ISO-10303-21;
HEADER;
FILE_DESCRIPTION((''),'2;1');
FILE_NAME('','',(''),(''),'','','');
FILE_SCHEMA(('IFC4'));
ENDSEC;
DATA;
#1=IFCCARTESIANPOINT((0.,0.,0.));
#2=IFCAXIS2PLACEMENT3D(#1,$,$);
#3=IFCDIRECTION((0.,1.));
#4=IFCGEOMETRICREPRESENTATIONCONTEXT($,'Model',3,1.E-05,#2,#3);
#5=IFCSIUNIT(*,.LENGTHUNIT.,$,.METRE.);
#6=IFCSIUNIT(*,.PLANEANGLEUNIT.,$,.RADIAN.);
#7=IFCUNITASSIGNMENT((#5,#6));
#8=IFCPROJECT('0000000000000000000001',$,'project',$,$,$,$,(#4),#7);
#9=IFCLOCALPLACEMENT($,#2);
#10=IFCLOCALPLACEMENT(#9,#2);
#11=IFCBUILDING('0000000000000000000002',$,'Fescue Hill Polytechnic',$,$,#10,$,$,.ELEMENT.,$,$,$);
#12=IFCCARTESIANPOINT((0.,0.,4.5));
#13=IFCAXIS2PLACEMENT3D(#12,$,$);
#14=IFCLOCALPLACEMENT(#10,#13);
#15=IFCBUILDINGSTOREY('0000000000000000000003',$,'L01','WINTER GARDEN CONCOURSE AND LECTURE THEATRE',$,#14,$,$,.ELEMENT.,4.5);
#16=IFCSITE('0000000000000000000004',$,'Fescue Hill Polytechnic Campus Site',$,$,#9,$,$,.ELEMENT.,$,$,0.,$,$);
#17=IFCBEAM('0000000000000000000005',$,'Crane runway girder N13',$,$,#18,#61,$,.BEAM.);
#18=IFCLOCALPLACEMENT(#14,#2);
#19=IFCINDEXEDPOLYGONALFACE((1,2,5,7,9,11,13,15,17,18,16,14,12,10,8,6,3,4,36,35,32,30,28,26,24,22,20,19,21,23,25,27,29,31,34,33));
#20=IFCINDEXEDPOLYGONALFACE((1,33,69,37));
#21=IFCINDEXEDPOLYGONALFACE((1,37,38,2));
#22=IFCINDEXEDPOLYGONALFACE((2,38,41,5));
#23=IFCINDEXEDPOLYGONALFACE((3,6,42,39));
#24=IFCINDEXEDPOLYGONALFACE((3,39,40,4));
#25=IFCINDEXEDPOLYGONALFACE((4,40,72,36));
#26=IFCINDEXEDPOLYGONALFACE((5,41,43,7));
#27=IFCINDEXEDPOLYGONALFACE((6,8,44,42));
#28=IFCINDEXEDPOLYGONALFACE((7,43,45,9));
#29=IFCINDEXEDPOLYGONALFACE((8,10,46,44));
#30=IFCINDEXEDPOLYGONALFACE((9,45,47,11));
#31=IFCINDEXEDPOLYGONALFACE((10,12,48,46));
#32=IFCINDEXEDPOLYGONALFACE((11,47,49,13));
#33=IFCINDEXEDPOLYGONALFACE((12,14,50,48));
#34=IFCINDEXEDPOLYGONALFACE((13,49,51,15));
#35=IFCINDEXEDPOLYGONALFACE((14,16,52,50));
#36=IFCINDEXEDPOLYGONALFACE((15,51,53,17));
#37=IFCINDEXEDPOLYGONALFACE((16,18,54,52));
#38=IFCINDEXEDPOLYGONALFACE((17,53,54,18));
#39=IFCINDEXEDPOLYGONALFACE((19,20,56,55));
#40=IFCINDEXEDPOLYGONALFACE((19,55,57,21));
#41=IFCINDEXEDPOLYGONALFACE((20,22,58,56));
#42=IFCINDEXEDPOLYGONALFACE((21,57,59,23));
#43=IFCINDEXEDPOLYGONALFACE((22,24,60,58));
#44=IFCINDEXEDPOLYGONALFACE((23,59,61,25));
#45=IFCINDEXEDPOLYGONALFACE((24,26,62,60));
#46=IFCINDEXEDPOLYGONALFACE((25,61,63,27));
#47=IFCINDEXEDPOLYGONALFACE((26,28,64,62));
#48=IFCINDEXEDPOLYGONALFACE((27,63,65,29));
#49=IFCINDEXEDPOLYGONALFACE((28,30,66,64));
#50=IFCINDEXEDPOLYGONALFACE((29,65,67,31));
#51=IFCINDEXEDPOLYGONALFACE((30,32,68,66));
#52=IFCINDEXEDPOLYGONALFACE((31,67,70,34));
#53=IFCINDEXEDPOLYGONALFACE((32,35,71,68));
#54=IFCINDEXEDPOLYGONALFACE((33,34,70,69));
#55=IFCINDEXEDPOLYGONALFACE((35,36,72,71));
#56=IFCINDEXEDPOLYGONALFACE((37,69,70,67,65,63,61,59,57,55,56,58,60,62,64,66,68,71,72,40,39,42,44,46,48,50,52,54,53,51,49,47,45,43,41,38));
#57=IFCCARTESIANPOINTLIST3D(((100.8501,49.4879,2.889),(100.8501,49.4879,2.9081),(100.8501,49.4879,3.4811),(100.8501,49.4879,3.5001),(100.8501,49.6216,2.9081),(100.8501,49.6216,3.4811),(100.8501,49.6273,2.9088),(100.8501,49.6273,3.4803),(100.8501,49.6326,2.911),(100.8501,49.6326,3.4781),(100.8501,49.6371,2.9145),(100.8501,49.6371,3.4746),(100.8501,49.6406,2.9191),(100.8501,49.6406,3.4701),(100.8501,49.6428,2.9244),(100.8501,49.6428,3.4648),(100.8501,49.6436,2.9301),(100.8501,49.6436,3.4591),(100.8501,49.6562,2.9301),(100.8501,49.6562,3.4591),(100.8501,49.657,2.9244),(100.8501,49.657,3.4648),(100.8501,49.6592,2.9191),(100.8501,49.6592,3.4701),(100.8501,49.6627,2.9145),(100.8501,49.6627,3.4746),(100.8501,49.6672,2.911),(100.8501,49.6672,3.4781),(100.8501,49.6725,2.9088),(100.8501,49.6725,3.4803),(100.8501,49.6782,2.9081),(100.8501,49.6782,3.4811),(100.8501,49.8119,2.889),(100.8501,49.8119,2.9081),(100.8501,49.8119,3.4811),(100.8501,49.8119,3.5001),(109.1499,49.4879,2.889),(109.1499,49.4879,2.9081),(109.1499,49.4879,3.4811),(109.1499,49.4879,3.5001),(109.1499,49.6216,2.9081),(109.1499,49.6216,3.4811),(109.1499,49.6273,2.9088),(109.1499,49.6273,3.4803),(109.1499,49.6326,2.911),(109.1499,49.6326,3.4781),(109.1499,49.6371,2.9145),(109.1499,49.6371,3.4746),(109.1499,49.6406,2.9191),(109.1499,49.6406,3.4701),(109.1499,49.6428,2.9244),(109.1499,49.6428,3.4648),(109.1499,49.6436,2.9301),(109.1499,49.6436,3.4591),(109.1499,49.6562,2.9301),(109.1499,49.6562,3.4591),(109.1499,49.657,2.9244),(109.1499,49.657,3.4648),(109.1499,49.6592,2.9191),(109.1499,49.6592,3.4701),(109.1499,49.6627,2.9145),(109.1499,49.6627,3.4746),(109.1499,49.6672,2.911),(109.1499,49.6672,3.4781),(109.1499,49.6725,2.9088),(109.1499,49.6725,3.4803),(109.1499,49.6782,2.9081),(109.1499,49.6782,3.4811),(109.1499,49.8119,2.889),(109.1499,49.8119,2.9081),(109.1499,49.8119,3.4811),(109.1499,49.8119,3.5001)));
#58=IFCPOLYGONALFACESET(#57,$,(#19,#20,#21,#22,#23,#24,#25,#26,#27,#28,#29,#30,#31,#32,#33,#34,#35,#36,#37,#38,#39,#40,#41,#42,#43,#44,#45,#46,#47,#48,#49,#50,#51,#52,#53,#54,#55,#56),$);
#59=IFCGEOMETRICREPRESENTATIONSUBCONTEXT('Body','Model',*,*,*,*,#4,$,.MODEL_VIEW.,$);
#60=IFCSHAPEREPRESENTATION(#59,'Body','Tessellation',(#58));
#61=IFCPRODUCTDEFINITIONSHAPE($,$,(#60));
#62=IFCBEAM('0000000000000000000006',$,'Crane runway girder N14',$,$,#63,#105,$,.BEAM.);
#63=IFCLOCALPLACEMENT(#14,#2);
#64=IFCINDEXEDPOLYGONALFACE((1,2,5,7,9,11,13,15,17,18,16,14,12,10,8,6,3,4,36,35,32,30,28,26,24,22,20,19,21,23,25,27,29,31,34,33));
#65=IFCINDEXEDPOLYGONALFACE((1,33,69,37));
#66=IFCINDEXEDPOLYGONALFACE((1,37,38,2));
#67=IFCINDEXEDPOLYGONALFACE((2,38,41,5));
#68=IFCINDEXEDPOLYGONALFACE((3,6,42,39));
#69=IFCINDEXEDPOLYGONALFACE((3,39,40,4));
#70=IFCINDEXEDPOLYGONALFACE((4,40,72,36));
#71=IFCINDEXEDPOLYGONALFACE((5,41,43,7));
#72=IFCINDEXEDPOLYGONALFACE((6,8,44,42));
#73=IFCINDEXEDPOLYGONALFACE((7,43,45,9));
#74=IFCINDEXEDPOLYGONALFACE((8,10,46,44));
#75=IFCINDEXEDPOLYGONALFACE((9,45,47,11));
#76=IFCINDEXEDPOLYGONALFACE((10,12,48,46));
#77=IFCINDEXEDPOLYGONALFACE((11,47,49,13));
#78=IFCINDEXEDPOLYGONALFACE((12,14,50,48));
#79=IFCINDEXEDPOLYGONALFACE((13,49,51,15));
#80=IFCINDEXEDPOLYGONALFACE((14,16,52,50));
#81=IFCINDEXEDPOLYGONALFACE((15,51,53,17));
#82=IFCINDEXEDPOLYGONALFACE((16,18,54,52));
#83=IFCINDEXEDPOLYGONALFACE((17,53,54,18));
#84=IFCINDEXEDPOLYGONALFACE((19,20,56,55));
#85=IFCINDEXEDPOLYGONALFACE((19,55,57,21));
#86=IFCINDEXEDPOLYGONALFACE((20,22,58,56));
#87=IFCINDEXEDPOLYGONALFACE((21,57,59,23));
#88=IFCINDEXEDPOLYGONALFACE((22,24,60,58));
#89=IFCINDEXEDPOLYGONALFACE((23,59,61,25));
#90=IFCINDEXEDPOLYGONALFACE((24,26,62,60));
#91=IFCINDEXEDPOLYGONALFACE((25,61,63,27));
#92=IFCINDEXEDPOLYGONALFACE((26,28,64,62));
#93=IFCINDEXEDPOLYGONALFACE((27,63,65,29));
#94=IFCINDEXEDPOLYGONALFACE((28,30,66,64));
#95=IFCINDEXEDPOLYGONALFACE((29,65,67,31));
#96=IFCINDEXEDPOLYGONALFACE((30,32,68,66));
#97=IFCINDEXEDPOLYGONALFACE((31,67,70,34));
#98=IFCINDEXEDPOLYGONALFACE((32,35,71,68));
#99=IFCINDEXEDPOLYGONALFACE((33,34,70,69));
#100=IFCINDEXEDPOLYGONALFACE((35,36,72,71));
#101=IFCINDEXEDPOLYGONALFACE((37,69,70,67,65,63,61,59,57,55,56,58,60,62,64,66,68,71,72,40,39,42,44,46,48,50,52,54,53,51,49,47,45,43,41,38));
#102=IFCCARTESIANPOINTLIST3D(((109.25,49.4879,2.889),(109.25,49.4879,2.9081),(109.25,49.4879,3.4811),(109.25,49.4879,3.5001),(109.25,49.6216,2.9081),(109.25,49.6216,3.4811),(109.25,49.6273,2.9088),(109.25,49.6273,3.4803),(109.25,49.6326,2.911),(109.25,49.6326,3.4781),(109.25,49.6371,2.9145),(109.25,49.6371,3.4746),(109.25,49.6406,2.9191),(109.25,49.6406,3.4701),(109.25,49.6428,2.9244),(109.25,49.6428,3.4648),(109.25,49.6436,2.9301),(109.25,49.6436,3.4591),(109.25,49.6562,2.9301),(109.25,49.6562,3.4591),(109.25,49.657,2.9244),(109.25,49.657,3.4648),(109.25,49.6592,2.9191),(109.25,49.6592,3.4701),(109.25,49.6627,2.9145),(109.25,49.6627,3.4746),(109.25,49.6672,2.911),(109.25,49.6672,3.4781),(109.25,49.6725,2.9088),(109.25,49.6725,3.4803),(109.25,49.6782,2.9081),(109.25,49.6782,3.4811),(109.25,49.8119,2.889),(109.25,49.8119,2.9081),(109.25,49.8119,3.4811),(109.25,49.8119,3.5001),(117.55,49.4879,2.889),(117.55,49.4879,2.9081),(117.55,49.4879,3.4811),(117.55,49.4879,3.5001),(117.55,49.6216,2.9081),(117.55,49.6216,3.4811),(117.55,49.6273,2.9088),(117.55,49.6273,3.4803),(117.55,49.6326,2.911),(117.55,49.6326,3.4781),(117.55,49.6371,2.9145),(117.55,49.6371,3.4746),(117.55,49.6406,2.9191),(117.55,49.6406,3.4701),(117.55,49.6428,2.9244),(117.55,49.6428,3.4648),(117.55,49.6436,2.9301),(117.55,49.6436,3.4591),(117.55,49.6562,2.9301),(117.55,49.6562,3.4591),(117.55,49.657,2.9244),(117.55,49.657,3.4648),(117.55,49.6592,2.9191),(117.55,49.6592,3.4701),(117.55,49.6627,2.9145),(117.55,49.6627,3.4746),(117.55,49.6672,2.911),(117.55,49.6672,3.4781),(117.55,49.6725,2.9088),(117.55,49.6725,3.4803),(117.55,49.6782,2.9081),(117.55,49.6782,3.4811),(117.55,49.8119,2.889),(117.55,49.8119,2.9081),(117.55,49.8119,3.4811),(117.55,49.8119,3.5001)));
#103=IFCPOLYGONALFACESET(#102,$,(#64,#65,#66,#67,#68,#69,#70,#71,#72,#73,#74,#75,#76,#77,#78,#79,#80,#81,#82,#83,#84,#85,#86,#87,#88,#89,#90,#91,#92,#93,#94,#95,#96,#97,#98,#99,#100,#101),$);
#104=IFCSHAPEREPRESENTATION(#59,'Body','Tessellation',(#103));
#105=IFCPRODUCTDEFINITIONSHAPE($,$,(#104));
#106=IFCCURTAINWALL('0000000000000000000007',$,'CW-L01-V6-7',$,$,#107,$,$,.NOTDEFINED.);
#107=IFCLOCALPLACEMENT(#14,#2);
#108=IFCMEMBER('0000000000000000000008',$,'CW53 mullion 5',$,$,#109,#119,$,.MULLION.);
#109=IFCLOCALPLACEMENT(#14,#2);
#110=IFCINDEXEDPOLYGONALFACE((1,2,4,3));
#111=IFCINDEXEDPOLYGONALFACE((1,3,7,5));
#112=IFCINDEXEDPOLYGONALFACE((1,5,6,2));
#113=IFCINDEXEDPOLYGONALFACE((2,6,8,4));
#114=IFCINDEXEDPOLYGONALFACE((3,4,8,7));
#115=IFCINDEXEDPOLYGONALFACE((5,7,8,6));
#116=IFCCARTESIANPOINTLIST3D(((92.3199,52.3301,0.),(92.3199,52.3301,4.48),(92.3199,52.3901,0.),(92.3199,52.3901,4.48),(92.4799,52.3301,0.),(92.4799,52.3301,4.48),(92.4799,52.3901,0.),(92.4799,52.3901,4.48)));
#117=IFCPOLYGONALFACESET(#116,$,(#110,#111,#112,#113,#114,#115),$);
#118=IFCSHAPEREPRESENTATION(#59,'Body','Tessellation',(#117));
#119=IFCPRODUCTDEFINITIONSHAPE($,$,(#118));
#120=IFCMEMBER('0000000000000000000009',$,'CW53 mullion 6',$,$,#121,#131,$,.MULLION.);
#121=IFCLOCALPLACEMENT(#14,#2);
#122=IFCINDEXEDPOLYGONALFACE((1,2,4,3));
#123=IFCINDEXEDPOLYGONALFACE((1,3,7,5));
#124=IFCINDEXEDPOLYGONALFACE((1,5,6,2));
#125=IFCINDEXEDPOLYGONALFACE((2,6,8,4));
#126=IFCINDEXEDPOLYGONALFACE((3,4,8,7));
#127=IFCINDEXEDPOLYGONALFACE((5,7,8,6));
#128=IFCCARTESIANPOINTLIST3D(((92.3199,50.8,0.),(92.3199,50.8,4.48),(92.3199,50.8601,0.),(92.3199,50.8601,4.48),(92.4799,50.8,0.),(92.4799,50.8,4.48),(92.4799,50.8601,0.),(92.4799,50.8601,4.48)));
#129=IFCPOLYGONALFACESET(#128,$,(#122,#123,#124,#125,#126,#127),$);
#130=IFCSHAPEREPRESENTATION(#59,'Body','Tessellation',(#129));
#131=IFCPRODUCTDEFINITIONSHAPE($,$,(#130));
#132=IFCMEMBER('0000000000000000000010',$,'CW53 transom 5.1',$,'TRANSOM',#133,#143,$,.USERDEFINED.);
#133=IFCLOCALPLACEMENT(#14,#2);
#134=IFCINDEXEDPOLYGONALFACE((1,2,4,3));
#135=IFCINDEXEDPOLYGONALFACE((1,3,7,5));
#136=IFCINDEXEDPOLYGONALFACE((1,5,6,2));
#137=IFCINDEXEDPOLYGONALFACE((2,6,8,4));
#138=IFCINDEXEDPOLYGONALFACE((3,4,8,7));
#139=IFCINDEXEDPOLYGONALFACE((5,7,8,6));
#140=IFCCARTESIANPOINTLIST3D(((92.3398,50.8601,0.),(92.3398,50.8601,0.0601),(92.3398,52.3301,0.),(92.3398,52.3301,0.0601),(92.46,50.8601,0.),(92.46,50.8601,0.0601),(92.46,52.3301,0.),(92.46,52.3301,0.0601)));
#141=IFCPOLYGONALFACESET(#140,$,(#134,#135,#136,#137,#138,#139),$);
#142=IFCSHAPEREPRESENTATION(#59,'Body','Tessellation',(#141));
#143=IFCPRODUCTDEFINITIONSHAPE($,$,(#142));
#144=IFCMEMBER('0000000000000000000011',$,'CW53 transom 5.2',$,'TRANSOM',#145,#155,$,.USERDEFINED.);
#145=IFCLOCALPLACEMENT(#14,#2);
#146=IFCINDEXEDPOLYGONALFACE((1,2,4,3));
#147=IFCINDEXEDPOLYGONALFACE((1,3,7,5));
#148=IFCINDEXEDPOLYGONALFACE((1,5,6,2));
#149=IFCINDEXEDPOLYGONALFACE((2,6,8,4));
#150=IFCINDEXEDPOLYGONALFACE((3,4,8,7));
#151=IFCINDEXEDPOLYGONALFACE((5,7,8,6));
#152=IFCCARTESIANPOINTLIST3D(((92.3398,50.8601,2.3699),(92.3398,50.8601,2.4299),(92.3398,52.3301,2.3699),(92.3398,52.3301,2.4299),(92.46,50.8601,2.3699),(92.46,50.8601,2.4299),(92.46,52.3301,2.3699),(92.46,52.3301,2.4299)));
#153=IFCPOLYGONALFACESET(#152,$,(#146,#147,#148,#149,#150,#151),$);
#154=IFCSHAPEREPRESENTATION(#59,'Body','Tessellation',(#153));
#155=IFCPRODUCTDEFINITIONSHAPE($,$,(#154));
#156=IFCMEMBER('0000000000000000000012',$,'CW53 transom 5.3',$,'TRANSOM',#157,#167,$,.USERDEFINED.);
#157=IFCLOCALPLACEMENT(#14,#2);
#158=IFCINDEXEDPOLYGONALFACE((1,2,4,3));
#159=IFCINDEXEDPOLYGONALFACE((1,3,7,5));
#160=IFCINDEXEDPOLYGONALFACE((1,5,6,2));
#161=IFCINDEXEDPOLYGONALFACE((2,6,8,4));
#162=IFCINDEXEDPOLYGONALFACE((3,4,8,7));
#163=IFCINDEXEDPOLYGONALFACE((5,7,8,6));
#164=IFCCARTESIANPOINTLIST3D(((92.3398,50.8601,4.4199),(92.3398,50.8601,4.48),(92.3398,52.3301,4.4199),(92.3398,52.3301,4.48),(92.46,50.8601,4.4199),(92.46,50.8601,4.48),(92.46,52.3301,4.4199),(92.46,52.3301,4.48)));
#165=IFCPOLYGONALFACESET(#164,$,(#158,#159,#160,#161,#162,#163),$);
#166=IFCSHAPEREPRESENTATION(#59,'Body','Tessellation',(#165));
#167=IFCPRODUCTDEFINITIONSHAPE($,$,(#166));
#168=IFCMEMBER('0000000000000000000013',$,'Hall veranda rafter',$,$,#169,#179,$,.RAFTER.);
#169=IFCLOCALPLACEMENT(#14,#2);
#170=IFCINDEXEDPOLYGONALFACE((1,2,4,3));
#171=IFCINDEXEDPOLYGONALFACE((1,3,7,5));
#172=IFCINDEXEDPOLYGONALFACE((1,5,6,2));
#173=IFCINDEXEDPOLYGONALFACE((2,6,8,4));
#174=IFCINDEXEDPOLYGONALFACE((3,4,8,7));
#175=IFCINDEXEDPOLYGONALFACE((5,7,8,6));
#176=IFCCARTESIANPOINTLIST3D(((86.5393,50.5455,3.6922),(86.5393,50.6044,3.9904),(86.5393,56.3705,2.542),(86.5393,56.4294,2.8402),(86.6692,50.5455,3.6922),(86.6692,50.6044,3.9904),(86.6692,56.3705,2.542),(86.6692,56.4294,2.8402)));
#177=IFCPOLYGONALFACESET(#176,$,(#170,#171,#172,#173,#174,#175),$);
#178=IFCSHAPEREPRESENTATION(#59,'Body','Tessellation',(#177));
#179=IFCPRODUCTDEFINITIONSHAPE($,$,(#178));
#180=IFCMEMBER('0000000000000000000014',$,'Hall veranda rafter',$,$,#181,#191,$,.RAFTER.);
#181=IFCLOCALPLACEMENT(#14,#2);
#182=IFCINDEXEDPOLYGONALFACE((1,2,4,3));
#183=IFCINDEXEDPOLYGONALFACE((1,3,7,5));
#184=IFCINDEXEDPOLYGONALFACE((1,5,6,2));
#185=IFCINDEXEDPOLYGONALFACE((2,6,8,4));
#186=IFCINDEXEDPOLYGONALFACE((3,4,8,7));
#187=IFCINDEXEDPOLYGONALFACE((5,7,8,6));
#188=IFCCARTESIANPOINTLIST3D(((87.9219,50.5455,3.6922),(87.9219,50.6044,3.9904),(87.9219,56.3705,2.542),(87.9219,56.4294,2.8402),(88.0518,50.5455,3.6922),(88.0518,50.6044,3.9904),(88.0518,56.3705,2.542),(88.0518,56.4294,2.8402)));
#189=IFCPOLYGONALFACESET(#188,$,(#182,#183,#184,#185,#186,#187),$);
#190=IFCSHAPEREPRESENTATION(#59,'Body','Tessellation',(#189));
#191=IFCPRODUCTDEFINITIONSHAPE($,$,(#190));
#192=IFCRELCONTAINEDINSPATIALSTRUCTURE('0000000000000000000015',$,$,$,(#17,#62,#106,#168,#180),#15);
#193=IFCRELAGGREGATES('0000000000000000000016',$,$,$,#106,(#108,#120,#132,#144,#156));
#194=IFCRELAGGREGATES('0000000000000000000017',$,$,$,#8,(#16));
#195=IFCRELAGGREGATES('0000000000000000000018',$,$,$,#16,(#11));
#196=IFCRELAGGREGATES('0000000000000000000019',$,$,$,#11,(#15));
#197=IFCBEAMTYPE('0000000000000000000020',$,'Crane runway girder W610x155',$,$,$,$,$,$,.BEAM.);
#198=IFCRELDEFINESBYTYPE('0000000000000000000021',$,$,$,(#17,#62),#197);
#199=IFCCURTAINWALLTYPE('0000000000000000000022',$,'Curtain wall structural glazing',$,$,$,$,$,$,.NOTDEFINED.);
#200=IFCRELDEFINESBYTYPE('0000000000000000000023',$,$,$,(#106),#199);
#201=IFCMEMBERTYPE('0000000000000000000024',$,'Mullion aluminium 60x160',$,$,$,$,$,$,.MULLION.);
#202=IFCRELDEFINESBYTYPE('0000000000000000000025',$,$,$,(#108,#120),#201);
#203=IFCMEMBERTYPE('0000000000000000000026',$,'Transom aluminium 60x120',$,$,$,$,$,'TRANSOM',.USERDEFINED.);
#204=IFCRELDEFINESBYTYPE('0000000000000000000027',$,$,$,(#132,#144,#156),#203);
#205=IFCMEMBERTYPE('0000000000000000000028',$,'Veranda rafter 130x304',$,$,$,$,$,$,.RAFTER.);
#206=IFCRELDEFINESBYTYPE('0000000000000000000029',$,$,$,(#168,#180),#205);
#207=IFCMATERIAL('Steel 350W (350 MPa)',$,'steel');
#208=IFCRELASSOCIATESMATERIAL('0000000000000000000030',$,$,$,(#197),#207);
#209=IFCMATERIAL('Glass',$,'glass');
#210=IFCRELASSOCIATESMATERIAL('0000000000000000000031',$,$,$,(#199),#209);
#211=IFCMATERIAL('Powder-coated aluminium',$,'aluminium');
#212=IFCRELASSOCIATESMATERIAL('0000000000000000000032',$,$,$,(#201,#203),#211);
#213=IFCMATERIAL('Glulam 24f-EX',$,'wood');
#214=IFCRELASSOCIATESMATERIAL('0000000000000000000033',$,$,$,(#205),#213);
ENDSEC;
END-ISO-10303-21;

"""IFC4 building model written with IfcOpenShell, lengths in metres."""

from ifc_helpers import new_model, si_unit, direction, frame, origin, origin_2d, place, context, subcontext, project, spatial, rectangle, i_section, extrude, material, material_profile, profile_set, type_object, element, aggregate, save


model = new_model("IFC4")

# Units and contexts
model_context = context("Model", 3, precision=1e-05, world=origin(), true_north=direction((0.0, 1.0)))
body_context = subcontext(model_context, "Body", "Model", "MODEL_VIEW")
ifc_project = project(units=[si_unit("LENGTHUNIT", "METRE"), si_unit("PLANEANGLEUNIT", "RADIAN")], contexts=[model_context])

# Site, building, storey
site_placement = place(None, origin())
site = spatial("IfcSite", under=ifc_project, at=site_placement, Name="Fescue Hill Polytechnic Campus Site", CompositionType="ELEMENT", RefElevation=0.0)
building_placement = place(site_placement, origin())
building = spatial("IfcBuilding", under=site, at=building_placement, Name="Fescue Hill Polytechnic", CompositionType="ELEMENT")
storey_placement = place(building_placement, frame((0.0, 0.0, 4.5)))
storey = spatial("IfcBuildingStorey", under=building, at=storey_placement, Name="L01", Description="WINTER GARDEN CONCOURSE AND LECTURE THEATRE", CompositionType="ELEMENT", Elevation=4.5)

# Beams
ifc_material_1 = material(Name="Steel 350W (350 MPa)", Category="steel")
ifc_material_profile_1 = material_profile(ifc_material_1, i_section(OverallWidth=0.324, OverallDepth=0.6111, WebThickness=0.0127, FlangeThickness=0.019, FilletRadius=0.022, at=origin_2d()), Name="W610x155")
ifc_profile_set_1 = profile_set([ifc_material_profile_1], Name="Steel 350W (350 MPa)")
beam_type_1 = type_object("IfcBeamType", Name="Crane runway girder W610x155", PredefinedType="BEAM", material=ifc_profile_set_1)
beam_1_placement = place(storey_placement, frame((100.8501, 49.6499, 3.1946), z_axis=(1.0, 0.0, 0.0), x_axis=(0.0, 1.0, 0.0)))
element("IfcBeam", 1, at=beam_1_placement, inside=storey, type_object=beam_type_1, Name="Crane runway girder N13", PredefinedType="BEAM", context=body_context, shape_type="SweptSolid", body=[
    extrude(i_section(OverallWidth=0.324, OverallDepth=0.6111, WebThickness=0.0127, FlangeThickness=0.019, FilletRadius=0.022, at=origin_2d()), origin(), (0.0, 0.0, 1.0), 8.2998),
])
beam_2_placement = place(storey_placement, frame((109.25, 49.6499, 3.1946), z_axis=(1.0, 0.0, 0.0), x_axis=(0.0, 1.0, 0.0)))
element("IfcBeam", 2, at=beam_2_placement, inside=storey, type_object=beam_type_1, Name="Crane runway girder N14", PredefinedType="BEAM", context=body_context, shape_type="SweptSolid", body=[
    extrude(i_section(OverallWidth=0.324, OverallDepth=0.6111, WebThickness=0.0127, FlangeThickness=0.019, FilletRadius=0.022, at=origin_2d()), origin(), (0.0, 0.0, 1.0), 8.3),
])

# Curtain wall, members
ifc_material_2 = material(Name="Glass", Category="glass")
curtain_wall_type = type_object("IfcCurtainWallType", Name="Curtain wall structural glazing", PredefinedType="NOTDEFINED", material=ifc_material_2)
curtain_wall_placement = place(storey_placement, origin())
curtain_wall = element("IfcCurtainWall", 3, at=curtain_wall_placement, inside=storey, type_object=curtain_wall_type, Name="CW-L01-V6-7", PredefinedType="NOTDEFINED")
ifc_material_3 = material(Name="Powder-coated aluminium", Category="aluminium")
ifc_material_profile_2 = material_profile(ifc_material_3, rectangle(XDim=0.1599, YDim=0.0601, at=origin_2d()), Name="Mullion aluminium 60x160")
ifc_profile_set_2 = profile_set([ifc_material_profile_2], Name="Powder-coated aluminium")
member_type_1 = type_object("IfcMemberType", Name="Mullion aluminium 60x160", PredefinedType="MULLION", material=ifc_profile_set_2)
member_1_placement = place(storey_placement, frame((92.3999, 52.3601, 0.0), z_axis=(0.0, 0.0, 1.0), x_axis=(1.0, 0.0, 0.0)))
member_1 = element("IfcMember", 4, at=member_1_placement, type_object=member_type_1, Name="CW53 mullion 5", PredefinedType="MULLION", context=body_context, shape_type="SweptSolid", body=[
    extrude(rectangle(XDim=0.1599, YDim=0.0601, at=origin_2d()), origin(), (0.0, 0.0, 1.0), 4.48),
])
member_2_placement = place(storey_placement, frame((92.3999, 50.8301, 0.0), z_axis=(0.0, 0.0, 1.0), x_axis=(1.0, 0.0, 0.0)))
member_2 = element("IfcMember", 5, at=member_2_placement, type_object=member_type_1, Name="CW53 mullion 6", PredefinedType="MULLION", context=body_context, shape_type="SweptSolid", body=[
    extrude(rectangle(XDim=0.1599, YDim=0.0601, at=origin_2d()), origin(), (0.0, 0.0, 1.0), 4.48),
])
ifc_material_profile_3 = material_profile(ifc_material_3, rectangle(XDim=0.1201, YDim=0.0601, at=origin_2d()), Name="Transom aluminium 60x120")
ifc_profile_set_3 = profile_set([ifc_material_profile_3], Name="Powder-coated aluminium")
member_type_2 = type_object("IfcMemberType", Name="Transom aluminium 60x120", ElementType="TRANSOM", PredefinedType="USERDEFINED", material=ifc_profile_set_3)
member_3_placement = place(storey_placement, frame((92.3999, 52.3301, 0.03), z_axis=(0.0, -1.0, 0.0), x_axis=(1.0, 0.0, 0.0)))
member_3 = element("IfcMember", 6, at=member_3_placement, type_object=member_type_2, Name="CW53 transom 5.1", ObjectType="TRANSOM", PredefinedType="USERDEFINED", context=body_context, shape_type="SweptSolid", body=[
    extrude(rectangle(XDim=0.1201, YDim=0.0601, at=origin_2d()), origin(), (0.0, 0.0, 1.0), 1.47),
])
member_4_placement = place(storey_placement, frame((92.3999, 52.3301, 2.3999), z_axis=(0.0, -1.0, 0.0), x_axis=(1.0, 0.0, 0.0)))
member_4 = element("IfcMember", 7, at=member_4_placement, type_object=member_type_2, Name="CW53 transom 5.2", ObjectType="TRANSOM", PredefinedType="USERDEFINED", context=body_context, shape_type="SweptSolid", body=[
    extrude(rectangle(XDim=0.1201, YDim=0.0601, at=origin_2d()), origin(), (0.0, 0.0, 1.0), 1.47),
])
member_5_placement = place(storey_placement, frame((92.3999, 52.3301, 4.45), z_axis=(0.0, -1.0, 0.0), x_axis=(1.0, 0.0, 0.0)))
member_5 = element("IfcMember", 8, at=member_5_placement, type_object=member_type_2, Name="CW53 transom 5.3", ObjectType="TRANSOM", PredefinedType="USERDEFINED", context=body_context, shape_type="SweptSolid", body=[
    extrude(rectangle(XDim=0.1201, YDim=0.0601, at=origin_2d()), origin(), (0.0, 0.0, 1.0), 1.47),
])

# Members
ifc_material_4 = material(Name="Glulam 24f-EX", Category="wood")
ifc_material_profile_4 = material_profile(ifc_material_4, rectangle(XDim=0.1299, YDim=0.304, at=origin_2d()), Name="Veranda rafter 130x304")
ifc_profile_set_4 = profile_set([ifc_material_profile_4], Name="Glulam 24f-EX")
member_type_3 = type_object("IfcMemberType", Name="Veranda rafter 130x304", PredefinedType="RAFTER", material=ifc_profile_set_4)
for number, where, z_axis, x_axis, name in (
    (9, (86.6042, 50.575, 3.8413), (0.0, 0.981059, -0.193712), (-1.0, 0.0, 0.0), "Hall veranda rafter"),
    (10, (87.9868, 50.575, 3.8413), (0.0, 0.981059, -0.193712), (-1.0, 0.0, 0.0), "Hall veranda rafter"),
):
    element("IfcMember", number, at=place(storey_placement, frame(where, z_axis=z_axis, x_axis=x_axis)), inside=storey, type_object=member_type_3, Name=name, PredefinedType="RAFTER", context=body_context, shape_type="SweptSolid", body=[
        extrude(rectangle(XDim=0.1299, YDim=0.304, at=origin_2d()), origin(), (0.0, 0.0, 1.0), 5.9375),
    ])

aggregate(curtain_wall, [member_1, member_2, member_3, member_4, member_5])

save(model, "model.ifc")
